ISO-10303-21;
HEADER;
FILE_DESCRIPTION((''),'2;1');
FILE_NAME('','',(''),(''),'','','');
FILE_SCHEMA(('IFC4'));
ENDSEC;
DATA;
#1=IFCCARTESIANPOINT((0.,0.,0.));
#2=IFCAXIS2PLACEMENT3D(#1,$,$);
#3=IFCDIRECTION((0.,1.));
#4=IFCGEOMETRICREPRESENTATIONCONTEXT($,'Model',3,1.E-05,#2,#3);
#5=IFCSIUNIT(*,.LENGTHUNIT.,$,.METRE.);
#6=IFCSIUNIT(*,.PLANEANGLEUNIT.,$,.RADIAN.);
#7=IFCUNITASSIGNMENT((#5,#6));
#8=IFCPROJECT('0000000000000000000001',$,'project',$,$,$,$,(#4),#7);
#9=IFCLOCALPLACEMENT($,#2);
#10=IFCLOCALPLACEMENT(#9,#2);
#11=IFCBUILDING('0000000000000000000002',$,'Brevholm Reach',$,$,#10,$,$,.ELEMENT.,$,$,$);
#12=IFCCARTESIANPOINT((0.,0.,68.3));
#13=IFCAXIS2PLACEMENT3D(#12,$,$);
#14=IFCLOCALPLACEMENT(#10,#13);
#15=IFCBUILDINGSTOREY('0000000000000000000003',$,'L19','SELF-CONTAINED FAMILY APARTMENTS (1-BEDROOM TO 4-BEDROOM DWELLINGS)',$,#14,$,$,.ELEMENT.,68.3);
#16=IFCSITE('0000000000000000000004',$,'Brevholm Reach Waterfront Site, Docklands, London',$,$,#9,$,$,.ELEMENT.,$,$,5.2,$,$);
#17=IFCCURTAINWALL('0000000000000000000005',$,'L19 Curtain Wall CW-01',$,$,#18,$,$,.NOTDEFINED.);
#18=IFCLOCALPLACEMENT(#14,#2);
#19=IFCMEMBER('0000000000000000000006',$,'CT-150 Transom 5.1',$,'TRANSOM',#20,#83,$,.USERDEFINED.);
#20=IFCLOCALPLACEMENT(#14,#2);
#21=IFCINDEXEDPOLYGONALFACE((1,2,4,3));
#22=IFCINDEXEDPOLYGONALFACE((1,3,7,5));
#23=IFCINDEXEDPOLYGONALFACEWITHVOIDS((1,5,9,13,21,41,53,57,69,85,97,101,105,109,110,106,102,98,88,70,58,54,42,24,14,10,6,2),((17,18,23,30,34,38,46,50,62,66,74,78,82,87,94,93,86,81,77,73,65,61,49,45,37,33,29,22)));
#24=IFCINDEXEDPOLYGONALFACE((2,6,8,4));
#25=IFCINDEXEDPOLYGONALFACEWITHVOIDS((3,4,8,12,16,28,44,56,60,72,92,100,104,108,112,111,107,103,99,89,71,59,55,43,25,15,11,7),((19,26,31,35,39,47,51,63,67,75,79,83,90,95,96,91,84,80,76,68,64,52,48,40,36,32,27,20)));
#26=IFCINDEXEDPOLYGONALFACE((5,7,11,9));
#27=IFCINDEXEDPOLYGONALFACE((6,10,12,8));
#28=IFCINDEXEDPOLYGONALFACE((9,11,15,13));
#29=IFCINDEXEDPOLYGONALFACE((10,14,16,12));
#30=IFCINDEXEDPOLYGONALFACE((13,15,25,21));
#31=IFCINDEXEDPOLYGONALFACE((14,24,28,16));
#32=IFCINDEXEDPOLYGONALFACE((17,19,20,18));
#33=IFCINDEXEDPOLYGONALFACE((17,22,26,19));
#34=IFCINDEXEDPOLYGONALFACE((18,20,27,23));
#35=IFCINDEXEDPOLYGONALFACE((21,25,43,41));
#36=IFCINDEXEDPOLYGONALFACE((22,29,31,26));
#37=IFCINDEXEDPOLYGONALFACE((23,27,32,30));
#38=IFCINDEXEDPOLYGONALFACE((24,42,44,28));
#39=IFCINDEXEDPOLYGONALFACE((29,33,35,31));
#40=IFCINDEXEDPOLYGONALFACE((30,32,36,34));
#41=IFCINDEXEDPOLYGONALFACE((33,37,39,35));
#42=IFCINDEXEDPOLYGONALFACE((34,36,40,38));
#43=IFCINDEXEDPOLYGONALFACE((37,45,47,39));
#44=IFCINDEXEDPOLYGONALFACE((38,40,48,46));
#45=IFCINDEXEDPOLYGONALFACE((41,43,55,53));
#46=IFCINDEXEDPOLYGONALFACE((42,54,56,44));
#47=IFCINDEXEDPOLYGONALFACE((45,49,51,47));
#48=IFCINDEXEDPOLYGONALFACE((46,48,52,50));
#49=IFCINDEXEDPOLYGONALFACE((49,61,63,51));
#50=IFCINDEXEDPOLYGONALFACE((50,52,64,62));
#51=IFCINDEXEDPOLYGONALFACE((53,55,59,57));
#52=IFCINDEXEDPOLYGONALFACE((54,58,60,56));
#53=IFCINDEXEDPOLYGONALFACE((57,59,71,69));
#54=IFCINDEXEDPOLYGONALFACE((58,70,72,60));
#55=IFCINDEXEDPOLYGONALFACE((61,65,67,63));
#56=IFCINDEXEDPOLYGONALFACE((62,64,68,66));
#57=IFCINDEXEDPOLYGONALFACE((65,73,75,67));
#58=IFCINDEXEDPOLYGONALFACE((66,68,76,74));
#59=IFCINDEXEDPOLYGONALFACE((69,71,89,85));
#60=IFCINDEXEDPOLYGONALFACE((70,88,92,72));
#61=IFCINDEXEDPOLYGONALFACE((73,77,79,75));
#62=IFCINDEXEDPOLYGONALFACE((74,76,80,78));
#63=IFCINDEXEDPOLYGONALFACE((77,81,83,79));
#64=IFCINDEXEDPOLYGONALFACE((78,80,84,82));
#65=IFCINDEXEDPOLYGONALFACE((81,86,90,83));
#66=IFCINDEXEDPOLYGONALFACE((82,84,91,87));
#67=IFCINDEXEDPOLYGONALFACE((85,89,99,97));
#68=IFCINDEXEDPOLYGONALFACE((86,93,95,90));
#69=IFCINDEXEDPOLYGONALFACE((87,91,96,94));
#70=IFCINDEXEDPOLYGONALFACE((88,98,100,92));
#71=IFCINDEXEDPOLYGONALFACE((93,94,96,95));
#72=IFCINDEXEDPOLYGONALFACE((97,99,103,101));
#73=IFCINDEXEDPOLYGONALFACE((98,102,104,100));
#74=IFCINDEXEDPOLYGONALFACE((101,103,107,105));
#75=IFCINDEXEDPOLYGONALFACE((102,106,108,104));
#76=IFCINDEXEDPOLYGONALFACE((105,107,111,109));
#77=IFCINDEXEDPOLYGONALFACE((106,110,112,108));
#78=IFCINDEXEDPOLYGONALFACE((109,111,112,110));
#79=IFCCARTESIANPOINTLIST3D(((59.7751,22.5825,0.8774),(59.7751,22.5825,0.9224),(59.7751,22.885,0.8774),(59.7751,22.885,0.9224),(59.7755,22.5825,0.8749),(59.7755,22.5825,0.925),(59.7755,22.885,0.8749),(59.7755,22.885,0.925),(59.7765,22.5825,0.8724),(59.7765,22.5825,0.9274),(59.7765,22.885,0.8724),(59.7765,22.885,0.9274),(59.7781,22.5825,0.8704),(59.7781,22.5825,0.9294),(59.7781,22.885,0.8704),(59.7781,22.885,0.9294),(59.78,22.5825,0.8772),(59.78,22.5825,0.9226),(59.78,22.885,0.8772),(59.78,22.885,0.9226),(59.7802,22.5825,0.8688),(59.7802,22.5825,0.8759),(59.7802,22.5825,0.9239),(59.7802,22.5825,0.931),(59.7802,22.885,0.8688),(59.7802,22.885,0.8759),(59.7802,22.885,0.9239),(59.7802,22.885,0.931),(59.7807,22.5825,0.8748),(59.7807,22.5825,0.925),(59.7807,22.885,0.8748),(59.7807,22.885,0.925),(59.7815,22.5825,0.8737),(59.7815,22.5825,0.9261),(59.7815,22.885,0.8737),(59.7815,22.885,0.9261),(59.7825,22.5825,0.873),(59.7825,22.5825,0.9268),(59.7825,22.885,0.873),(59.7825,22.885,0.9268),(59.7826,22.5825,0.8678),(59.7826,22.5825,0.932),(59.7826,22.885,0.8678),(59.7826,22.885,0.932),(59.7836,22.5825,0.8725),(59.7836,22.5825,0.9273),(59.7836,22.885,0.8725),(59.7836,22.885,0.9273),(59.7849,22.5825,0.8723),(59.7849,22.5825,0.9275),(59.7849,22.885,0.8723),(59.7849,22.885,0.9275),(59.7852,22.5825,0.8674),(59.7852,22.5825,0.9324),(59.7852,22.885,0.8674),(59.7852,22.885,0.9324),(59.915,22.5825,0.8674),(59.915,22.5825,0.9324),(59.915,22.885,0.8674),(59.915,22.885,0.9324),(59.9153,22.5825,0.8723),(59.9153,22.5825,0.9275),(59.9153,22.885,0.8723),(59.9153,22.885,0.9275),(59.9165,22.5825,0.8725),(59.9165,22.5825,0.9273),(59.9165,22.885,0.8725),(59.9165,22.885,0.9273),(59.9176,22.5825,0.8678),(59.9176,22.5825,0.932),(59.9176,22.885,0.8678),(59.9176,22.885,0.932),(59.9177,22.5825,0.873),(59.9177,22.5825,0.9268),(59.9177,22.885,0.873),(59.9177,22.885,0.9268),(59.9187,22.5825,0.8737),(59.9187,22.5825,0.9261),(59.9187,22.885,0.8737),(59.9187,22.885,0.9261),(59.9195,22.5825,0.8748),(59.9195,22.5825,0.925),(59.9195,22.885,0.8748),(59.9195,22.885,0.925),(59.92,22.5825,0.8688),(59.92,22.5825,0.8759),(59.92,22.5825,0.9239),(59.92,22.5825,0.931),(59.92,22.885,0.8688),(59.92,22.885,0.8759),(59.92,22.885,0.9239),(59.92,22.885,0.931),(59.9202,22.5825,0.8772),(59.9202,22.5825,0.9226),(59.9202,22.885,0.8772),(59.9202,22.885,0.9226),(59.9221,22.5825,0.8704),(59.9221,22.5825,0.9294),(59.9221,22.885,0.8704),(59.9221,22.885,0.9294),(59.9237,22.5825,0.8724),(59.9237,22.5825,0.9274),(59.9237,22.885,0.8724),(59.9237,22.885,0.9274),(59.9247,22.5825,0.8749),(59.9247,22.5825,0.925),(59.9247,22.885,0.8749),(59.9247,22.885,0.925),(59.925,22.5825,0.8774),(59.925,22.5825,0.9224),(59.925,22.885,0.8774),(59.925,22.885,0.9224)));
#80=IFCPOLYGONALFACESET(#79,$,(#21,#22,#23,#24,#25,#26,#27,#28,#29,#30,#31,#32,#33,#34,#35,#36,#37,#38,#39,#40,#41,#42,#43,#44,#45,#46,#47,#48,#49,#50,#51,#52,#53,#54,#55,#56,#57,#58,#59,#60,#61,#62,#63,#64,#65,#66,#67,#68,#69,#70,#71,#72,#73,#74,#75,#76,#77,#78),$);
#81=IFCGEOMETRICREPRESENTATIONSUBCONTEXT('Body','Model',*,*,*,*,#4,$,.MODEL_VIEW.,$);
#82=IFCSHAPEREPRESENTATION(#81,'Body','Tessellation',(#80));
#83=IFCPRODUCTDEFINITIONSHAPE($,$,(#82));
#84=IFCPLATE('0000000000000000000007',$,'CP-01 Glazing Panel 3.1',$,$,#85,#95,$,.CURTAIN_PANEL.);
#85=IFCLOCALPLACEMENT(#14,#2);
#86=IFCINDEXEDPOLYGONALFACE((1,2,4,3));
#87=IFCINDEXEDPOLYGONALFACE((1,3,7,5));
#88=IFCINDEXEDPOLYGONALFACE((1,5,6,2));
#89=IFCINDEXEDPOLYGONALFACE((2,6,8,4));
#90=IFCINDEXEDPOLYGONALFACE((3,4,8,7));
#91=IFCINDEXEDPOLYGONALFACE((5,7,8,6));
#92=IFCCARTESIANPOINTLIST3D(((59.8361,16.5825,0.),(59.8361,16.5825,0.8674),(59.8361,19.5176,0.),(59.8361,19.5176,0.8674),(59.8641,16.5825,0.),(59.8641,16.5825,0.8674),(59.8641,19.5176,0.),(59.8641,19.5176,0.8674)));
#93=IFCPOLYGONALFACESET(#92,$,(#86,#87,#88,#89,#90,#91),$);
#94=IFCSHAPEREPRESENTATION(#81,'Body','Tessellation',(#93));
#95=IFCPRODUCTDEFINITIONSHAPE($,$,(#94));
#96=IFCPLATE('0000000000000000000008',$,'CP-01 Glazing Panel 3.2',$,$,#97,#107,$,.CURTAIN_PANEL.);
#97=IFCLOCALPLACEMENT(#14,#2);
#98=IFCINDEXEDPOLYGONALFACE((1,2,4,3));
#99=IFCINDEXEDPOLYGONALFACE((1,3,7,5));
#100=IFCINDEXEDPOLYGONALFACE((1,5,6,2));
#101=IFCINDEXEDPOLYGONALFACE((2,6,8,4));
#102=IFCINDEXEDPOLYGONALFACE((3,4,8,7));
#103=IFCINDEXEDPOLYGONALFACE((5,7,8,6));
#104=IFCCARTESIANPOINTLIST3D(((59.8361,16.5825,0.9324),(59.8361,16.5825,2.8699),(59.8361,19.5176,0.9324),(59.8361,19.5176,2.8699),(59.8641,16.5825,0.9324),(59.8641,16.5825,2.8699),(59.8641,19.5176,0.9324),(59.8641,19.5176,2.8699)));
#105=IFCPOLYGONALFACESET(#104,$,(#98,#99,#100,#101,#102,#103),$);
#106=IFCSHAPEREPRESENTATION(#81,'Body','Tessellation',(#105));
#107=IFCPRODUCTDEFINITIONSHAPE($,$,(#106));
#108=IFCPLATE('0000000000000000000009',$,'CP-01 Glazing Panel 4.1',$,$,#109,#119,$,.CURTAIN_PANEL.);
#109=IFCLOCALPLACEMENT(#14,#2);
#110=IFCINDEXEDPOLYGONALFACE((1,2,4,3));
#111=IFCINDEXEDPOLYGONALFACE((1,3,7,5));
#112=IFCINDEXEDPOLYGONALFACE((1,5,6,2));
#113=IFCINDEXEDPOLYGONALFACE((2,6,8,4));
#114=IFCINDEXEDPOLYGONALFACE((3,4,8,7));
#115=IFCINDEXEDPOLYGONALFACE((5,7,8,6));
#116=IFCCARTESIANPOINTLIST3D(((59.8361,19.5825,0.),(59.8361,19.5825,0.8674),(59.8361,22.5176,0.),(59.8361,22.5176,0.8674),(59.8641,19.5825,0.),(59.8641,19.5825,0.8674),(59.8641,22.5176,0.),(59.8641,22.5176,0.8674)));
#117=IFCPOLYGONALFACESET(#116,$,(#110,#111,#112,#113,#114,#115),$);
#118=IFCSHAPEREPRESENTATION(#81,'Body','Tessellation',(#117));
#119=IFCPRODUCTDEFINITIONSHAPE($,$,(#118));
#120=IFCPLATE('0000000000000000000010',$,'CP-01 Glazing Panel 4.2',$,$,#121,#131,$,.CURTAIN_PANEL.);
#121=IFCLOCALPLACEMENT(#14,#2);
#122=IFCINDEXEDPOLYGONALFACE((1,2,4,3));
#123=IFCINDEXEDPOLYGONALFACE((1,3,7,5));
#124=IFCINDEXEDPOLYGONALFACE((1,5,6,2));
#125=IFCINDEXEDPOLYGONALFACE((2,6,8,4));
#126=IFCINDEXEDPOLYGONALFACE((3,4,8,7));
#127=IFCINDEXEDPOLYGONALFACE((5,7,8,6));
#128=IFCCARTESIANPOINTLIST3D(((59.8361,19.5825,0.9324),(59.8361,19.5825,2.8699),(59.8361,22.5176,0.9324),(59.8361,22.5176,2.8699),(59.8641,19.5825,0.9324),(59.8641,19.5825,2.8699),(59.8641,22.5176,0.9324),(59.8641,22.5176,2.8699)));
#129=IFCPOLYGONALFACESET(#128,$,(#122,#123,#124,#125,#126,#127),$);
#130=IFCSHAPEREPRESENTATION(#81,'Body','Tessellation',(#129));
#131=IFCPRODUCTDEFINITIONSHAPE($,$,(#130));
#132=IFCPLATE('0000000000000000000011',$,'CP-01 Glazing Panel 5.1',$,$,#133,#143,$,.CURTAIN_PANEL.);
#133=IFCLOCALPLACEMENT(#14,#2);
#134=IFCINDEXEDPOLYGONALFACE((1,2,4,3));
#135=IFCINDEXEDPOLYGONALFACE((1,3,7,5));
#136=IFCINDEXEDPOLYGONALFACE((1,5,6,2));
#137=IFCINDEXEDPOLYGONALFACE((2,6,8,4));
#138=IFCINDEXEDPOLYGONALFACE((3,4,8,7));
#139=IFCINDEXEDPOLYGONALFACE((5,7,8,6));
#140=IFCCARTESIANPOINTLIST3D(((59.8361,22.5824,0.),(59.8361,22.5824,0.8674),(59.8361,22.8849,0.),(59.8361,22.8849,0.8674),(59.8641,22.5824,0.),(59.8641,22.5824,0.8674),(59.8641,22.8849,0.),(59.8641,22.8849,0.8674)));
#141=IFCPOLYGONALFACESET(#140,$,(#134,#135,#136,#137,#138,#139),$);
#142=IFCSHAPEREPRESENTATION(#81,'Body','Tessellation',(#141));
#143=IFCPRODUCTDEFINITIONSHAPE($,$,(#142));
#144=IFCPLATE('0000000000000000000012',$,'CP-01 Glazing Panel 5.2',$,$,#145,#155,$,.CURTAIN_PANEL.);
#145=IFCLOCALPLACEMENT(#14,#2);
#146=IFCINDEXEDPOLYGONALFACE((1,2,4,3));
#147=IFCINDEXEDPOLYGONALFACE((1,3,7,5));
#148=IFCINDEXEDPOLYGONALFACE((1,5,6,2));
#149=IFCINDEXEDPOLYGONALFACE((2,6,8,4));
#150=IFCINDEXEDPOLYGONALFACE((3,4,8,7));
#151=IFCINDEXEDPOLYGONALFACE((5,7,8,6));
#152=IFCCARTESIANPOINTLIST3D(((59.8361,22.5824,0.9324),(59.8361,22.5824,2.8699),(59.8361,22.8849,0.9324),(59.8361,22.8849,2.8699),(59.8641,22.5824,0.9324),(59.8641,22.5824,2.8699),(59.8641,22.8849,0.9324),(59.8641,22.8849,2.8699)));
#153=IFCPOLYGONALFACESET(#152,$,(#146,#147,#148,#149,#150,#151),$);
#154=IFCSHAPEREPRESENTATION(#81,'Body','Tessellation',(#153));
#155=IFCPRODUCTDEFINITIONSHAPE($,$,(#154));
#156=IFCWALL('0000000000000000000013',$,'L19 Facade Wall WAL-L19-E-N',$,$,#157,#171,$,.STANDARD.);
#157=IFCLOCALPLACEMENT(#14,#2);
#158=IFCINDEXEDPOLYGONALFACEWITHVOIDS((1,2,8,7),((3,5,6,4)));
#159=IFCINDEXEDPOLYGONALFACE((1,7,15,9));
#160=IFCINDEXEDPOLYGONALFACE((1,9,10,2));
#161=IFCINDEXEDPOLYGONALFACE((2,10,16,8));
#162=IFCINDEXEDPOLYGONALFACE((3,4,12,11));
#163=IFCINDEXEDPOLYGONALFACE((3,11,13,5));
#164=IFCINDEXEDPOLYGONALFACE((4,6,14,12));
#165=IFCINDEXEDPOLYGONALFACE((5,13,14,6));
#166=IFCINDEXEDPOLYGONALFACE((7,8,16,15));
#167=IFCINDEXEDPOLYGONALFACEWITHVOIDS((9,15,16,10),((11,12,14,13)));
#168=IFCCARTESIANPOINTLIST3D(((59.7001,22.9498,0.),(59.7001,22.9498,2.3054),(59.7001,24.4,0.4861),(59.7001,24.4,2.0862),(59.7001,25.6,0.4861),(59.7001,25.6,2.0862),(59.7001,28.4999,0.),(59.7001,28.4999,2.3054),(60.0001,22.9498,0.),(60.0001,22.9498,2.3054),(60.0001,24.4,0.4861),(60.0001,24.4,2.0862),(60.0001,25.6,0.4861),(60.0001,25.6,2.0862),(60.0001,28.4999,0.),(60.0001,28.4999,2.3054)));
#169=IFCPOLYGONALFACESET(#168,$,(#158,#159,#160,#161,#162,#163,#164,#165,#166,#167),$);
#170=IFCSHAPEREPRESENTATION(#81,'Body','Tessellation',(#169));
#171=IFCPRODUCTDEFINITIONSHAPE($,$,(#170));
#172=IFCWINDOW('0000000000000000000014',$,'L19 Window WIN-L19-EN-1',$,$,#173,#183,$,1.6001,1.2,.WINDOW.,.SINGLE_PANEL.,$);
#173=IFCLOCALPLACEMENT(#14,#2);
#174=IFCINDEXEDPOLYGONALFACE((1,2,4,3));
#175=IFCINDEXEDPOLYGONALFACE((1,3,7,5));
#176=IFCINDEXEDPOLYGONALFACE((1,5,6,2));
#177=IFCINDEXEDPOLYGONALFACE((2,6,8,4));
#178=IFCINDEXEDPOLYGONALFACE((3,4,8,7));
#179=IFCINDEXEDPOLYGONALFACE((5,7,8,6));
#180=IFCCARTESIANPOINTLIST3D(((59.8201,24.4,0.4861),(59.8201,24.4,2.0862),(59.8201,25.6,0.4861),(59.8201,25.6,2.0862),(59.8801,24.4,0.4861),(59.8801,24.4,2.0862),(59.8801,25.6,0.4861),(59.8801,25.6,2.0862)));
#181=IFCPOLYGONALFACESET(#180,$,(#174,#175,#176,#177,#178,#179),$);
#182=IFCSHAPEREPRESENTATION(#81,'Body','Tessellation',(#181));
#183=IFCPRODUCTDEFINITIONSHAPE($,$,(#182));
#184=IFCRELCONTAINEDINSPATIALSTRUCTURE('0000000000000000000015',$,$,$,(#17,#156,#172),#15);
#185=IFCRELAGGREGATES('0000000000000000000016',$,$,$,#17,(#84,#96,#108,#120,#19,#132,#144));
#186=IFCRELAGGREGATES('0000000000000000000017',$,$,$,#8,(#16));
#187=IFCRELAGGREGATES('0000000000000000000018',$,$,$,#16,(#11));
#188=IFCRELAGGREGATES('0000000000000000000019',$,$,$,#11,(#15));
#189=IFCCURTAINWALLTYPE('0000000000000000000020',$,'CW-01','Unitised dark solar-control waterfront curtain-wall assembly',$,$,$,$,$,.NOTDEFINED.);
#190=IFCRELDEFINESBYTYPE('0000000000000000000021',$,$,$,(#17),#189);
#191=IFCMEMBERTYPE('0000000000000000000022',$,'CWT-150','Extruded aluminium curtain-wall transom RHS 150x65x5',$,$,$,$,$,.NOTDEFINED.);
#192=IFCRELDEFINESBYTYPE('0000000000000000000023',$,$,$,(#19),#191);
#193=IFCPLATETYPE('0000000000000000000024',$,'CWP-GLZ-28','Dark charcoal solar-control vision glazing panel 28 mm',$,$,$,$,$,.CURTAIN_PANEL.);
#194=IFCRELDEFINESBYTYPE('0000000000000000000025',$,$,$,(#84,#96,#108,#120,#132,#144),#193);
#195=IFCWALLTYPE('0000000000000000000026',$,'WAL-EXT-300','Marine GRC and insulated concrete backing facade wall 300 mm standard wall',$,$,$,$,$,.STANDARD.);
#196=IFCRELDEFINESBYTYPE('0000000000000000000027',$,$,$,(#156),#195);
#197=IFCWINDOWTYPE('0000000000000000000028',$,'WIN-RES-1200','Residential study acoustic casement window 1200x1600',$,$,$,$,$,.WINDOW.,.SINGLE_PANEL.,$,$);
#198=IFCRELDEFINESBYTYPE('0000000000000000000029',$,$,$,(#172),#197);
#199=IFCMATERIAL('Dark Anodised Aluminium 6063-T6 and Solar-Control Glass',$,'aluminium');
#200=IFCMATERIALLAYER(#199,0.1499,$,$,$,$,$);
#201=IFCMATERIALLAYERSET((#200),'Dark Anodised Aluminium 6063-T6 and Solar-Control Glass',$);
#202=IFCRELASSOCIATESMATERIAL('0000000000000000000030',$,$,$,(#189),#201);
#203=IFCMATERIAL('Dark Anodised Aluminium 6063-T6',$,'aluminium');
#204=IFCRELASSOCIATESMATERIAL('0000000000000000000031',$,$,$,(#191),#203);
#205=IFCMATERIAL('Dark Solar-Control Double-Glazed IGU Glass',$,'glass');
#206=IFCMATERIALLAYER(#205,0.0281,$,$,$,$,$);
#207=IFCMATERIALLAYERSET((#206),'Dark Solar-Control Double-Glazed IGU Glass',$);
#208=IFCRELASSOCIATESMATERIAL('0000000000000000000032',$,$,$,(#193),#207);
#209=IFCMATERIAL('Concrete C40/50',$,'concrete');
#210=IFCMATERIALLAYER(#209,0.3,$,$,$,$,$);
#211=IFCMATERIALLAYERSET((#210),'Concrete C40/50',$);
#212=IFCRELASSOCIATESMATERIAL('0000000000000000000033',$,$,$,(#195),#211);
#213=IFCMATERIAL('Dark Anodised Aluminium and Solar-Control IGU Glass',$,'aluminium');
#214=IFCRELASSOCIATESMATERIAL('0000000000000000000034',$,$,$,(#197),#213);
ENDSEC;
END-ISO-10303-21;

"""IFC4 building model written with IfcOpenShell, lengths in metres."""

from ifc_helpers import new_model, si_unit, direction, frame, frame_2d, origin, origin_2d, place, context, subcontext, project, spatial, rectangle, hollow_rectangle, extrude, material, layer, layer_set, material_profile, profile_set, type_object, element, fill, aggregate, save


model = new_model("IFC4")

# Units and contexts
model_context = context("Model", 3, precision=1e-05, world=origin(), true_north=direction((0.0, 1.0)))
body_context = subcontext(model_context, "Body", "Model", "MODEL_VIEW")
ifc_project = project(units=[si_unit("LENGTHUNIT", "METRE"), si_unit("PLANEANGLEUNIT", "RADIAN")], contexts=[model_context])

# Site, building, storey
site_placement = place(None, origin())
site = spatial("IfcSite", under=ifc_project, at=site_placement, Name="Brevholm Reach Waterfront Site, Docklands, London", CompositionType="ELEMENT", RefElevation=5.2)
building_placement = place(site_placement, origin())
building = spatial("IfcBuilding", under=site, at=building_placement, Name="Brevholm Reach", CompositionType="ELEMENT")
storey_placement = place(building_placement, frame((0.0, 0.0, 68.3)))
storey = spatial("IfcBuildingStorey", under=building, at=storey_placement, Name="L19", Description="SELF-CONTAINED FAMILY APARTMENTS (1-BEDROOM TO 4-BEDROOM DWELLINGS)", CompositionType="ELEMENT", Elevation=68.3)

# Curtain wall, member, plates
ifc_material_1 = material(Name="Dark Anodised Aluminium 6063-T6 and Solar-Control Glass", Category="aluminium")
ifc_layer_1 = layer(ifc_material_1, 0.1499)
ifc_layer_set_1 = layer_set([ifc_layer_1], Name="Dark Anodised Aluminium 6063-T6 and Solar-Control Glass")
curtain_wall_type = type_object("IfcCurtainWallType", Name="CW-01", Description="Unitised dark solar-control waterfront curtain-wall assembly", PredefinedType="NOTDEFINED", material=ifc_layer_set_1)
curtain_wall_placement = place(storey_placement, origin())
curtain_wall = element("IfcCurtainWall", 1, at=curtain_wall_placement, inside=storey, type_object=curtain_wall_type, Name="L19 Curtain Wall CW-01", PredefinedType="NOTDEFINED")
ifc_material_2 = material(Name="Dark Anodised Aluminium 6063-T6", Category="aluminium")
ifc_material_profile_1 = material_profile(ifc_material_2, hollow_rectangle(XDim=0.0649, YDim=0.1499, WallThickness=0.0049, InnerFilletRadius=0.0049, OuterFilletRadius=0.01, at=origin_2d()), Name="RHS 150x65x5")
ifc_profile_set_1 = profile_set([ifc_material_profile_1], Name="Dark Anodised Aluminium 6063-T6")
member_type_1 = type_object("IfcMemberType", Name="CWT-150", Description="Extruded aluminium curtain-wall transom RHS 150x65x5", PredefinedType="NOTDEFINED", material=ifc_profile_set_1)
member_1_placement = place(storey_placement, frame((59.8501, 22.5825, 0.8999), z_axis=(0.0, 1.0, 0.0), x_axis=(0.0, 0.0, 1.0)))
member_1 = element("IfcMember", 2, at=member_1_placement, type_object=member_type_1, Name="CT-150 Transom 5.1", ObjectType="TRANSOM", PredefinedType="USERDEFINED", context=body_context, shape_type="SweptSolid", body=[
    extrude(hollow_rectangle(XDim=0.0649, YDim=0.1499, WallThickness=0.0049, InnerFilletRadius=0.0049, OuterFilletRadius=0.01, at=origin_2d()), origin(), (0.0, 0.0, 1.0), 0.3025),
])
ifc_material_3 = material(Name="Dark Solar-Control Double-Glazed IGU Glass", Category="glass")
ifc_layer_2 = layer(ifc_material_3, 0.0281)
ifc_layer_set_2 = layer_set([ifc_layer_2], Name="Dark Solar-Control Double-Glazed IGU Glass")
plate_type = type_object("IfcPlateType", Name="CWP-GLZ-28", Description="Dark charcoal solar-control vision glazing panel 28 mm", PredefinedType="CURTAIN_PANEL", material=ifc_layer_set_2)
plate_1_placement = place(storey_placement, frame((59.8501, 18.05, 0.0), z_axis=(0.0, 0.0, 1.0), x_axis=(0.0, 1.0, 0.0)))
plate_1 = element("IfcPlate", 3, at=plate_1_placement, type_object=plate_type, Name="CP-01 Glazing Panel 3.1", PredefinedType="CURTAIN_PANEL", context=body_context, shape_type="SweptSolid", body=[
    extrude(rectangle(XDim=2.9351, YDim=0.0281, at=origin_2d()), origin(), (0.0, 0.0, 1.0), 0.8674),
])
plate_2_placement = place(storey_placement, frame((59.8501, 18.05, 0.9324), z_axis=(0.0, 0.0, 1.0), x_axis=(0.0, 1.0, 0.0)))
plate_2 = element("IfcPlate", 4, at=plate_2_placement, type_object=plate_type, Name="CP-01 Glazing Panel 3.2", PredefinedType="CURTAIN_PANEL", context=body_context, shape_type="SweptSolid", body=[
    extrude(rectangle(XDim=2.9351, YDim=0.0281, at=origin_2d()), origin(), (0.0, 0.0, 1.0), 1.9375),
])
plate_3_placement = place(storey_placement, frame((59.8501, 21.05, 0.0), z_axis=(0.0, 0.0, 1.0), x_axis=(0.0, 1.0, 0.0)))
plate_3 = element("IfcPlate", 5, at=plate_3_placement, type_object=plate_type, Name="CP-01 Glazing Panel 4.1", PredefinedType="CURTAIN_PANEL", context=body_context, shape_type="SweptSolid", body=[
    extrude(rectangle(XDim=2.9351, YDim=0.0281, at=origin_2d()), origin(), (0.0, 0.0, 1.0), 0.8674),
])
plate_4_placement = place(storey_placement, frame((59.8501, 21.05, 0.9324), z_axis=(0.0, 0.0, 1.0), x_axis=(0.0, 1.0, 0.0)))
plate_4 = element("IfcPlate", 6, at=plate_4_placement, type_object=plate_type, Name="CP-01 Glazing Panel 4.2", PredefinedType="CURTAIN_PANEL", context=body_context, shape_type="SweptSolid", body=[
    extrude(rectangle(XDim=2.9351, YDim=0.0281, at=origin_2d()), origin(), (0.0, 0.0, 1.0), 1.9375),
])
plate_5_placement = place(storey_placement, frame((59.8501, 22.7336, 0.0), z_axis=(0.0, 0.0, 1.0), x_axis=(0.0, 1.0, 0.0)))
plate_5 = element("IfcPlate", 7, at=plate_5_placement, type_object=plate_type, Name="CP-01 Glazing Panel 5.1", PredefinedType="CURTAIN_PANEL", context=body_context, shape_type="SweptSolid", body=[
    extrude(rectangle(XDim=0.3025, YDim=0.0281, at=origin_2d()), origin(), (0.0, 0.0, 1.0), 0.8674),
])
plate_6_placement = place(storey_placement, frame((59.8501, 22.7336, 0.9324), z_axis=(0.0, 0.0, 1.0), x_axis=(0.0, 1.0, 0.0)))
plate_6 = element("IfcPlate", 8, at=plate_6_placement, type_object=plate_type, Name="CP-01 Glazing Panel 5.2", PredefinedType="CURTAIN_PANEL", context=body_context, shape_type="SweptSolid", body=[
    extrude(rectangle(XDim=0.3025, YDim=0.0281, at=origin_2d()), origin(), (0.0, 0.0, 1.0), 1.9375),
])
aggregate(curtain_wall, [plate_1, plate_2, plate_3, plate_4, member_1, plate_5, plate_6])

# Wall, opening, window
ifc_material_4 = material(Name="Concrete C40/50", Category="concrete")
ifc_layer_3 = layer(ifc_material_4, 0.3)
ifc_layer_set_3 = layer_set([ifc_layer_3], Name="Concrete C40/50")
wall_type_1 = type_object("IfcWallType", Name="WAL-EXT-300", Description="Marine GRC and insulated concrete backing facade wall 300 mm standard wall", PredefinedType="STANDARD", material=ifc_layer_set_3)
wall_1_placement = place(storey_placement, frame((59.8501, 22.95, 0.0), z_axis=(0.0, 0.0, 1.0), x_axis=(0.0, 1.0, 0.0)))
wall_1 = element("IfcWall", 9, at=wall_1_placement, inside=storey, type_object=wall_type_1, Name="L19 Facade Wall WAL-L19-E-N", PredefinedType="STANDARD", context=body_context, shape_type="SweptSolid", body=[
    extrude(rectangle(XDim=5.55, YDim=0.3, at=frame_2d((2.7749, 0.0))), origin(), (0.0, 0.0, 1.0), 2.3054),
])
opening_1_placement = place(wall_1_placement, frame((1.45, 0.0, 0.4861)))
opening_1 = element("IfcOpeningElement", 10, at=opening_1_placement, cuts=wall_1, PredefinedType="OPENING", context=body_context, shape_type="SweptSolid", body=[
    extrude(rectangle(XDim=1.2, YDim=1.6001, at=frame_2d((0.6001, 0.8))), frame((0.0, 0.1599, 0.0), z_axis=(0.0, -1.0, 0.0), x_axis=(1.0, 0.0, 0.0)), (0.0, 0.0, 1.0), 0.3201),
])
ifc_material_5 = material(Name="Dark Anodised Aluminium and Solar-Control IGU Glass", Category="aluminium")
window_type = type_object("IfcWindowType", Name="WIN-RES-1200", Description="Residential study acoustic casement window 1200x1600", PartitioningType="SINGLE_PANEL", PredefinedType="WINDOW", material=ifc_material_5)
window_placement = place(opening_1_placement, origin())
window = element("IfcWindow", 11, at=window_placement, inside=storey, type_object=window_type, Name="L19 Window WIN-L19-EN-1", OverallHeight=1.6001, OverallWidth=1.2, PartitioningType="SINGLE_PANEL", PredefinedType="WINDOW", context=body_context, shape_type="SweptSolid", body=[
    extrude(rectangle(XDim=1.2, YDim=1.6001, at=frame_2d((0.6001, 0.8))), frame((0.0, 0.03, 0.0), z_axis=(0.0, -1.0, 0.0), x_axis=(1.0, 0.0, 0.0)), (0.0, 0.0, 1.0), 0.0601),
])
fill(opening_1, window)

save(model, "model.ifc")
